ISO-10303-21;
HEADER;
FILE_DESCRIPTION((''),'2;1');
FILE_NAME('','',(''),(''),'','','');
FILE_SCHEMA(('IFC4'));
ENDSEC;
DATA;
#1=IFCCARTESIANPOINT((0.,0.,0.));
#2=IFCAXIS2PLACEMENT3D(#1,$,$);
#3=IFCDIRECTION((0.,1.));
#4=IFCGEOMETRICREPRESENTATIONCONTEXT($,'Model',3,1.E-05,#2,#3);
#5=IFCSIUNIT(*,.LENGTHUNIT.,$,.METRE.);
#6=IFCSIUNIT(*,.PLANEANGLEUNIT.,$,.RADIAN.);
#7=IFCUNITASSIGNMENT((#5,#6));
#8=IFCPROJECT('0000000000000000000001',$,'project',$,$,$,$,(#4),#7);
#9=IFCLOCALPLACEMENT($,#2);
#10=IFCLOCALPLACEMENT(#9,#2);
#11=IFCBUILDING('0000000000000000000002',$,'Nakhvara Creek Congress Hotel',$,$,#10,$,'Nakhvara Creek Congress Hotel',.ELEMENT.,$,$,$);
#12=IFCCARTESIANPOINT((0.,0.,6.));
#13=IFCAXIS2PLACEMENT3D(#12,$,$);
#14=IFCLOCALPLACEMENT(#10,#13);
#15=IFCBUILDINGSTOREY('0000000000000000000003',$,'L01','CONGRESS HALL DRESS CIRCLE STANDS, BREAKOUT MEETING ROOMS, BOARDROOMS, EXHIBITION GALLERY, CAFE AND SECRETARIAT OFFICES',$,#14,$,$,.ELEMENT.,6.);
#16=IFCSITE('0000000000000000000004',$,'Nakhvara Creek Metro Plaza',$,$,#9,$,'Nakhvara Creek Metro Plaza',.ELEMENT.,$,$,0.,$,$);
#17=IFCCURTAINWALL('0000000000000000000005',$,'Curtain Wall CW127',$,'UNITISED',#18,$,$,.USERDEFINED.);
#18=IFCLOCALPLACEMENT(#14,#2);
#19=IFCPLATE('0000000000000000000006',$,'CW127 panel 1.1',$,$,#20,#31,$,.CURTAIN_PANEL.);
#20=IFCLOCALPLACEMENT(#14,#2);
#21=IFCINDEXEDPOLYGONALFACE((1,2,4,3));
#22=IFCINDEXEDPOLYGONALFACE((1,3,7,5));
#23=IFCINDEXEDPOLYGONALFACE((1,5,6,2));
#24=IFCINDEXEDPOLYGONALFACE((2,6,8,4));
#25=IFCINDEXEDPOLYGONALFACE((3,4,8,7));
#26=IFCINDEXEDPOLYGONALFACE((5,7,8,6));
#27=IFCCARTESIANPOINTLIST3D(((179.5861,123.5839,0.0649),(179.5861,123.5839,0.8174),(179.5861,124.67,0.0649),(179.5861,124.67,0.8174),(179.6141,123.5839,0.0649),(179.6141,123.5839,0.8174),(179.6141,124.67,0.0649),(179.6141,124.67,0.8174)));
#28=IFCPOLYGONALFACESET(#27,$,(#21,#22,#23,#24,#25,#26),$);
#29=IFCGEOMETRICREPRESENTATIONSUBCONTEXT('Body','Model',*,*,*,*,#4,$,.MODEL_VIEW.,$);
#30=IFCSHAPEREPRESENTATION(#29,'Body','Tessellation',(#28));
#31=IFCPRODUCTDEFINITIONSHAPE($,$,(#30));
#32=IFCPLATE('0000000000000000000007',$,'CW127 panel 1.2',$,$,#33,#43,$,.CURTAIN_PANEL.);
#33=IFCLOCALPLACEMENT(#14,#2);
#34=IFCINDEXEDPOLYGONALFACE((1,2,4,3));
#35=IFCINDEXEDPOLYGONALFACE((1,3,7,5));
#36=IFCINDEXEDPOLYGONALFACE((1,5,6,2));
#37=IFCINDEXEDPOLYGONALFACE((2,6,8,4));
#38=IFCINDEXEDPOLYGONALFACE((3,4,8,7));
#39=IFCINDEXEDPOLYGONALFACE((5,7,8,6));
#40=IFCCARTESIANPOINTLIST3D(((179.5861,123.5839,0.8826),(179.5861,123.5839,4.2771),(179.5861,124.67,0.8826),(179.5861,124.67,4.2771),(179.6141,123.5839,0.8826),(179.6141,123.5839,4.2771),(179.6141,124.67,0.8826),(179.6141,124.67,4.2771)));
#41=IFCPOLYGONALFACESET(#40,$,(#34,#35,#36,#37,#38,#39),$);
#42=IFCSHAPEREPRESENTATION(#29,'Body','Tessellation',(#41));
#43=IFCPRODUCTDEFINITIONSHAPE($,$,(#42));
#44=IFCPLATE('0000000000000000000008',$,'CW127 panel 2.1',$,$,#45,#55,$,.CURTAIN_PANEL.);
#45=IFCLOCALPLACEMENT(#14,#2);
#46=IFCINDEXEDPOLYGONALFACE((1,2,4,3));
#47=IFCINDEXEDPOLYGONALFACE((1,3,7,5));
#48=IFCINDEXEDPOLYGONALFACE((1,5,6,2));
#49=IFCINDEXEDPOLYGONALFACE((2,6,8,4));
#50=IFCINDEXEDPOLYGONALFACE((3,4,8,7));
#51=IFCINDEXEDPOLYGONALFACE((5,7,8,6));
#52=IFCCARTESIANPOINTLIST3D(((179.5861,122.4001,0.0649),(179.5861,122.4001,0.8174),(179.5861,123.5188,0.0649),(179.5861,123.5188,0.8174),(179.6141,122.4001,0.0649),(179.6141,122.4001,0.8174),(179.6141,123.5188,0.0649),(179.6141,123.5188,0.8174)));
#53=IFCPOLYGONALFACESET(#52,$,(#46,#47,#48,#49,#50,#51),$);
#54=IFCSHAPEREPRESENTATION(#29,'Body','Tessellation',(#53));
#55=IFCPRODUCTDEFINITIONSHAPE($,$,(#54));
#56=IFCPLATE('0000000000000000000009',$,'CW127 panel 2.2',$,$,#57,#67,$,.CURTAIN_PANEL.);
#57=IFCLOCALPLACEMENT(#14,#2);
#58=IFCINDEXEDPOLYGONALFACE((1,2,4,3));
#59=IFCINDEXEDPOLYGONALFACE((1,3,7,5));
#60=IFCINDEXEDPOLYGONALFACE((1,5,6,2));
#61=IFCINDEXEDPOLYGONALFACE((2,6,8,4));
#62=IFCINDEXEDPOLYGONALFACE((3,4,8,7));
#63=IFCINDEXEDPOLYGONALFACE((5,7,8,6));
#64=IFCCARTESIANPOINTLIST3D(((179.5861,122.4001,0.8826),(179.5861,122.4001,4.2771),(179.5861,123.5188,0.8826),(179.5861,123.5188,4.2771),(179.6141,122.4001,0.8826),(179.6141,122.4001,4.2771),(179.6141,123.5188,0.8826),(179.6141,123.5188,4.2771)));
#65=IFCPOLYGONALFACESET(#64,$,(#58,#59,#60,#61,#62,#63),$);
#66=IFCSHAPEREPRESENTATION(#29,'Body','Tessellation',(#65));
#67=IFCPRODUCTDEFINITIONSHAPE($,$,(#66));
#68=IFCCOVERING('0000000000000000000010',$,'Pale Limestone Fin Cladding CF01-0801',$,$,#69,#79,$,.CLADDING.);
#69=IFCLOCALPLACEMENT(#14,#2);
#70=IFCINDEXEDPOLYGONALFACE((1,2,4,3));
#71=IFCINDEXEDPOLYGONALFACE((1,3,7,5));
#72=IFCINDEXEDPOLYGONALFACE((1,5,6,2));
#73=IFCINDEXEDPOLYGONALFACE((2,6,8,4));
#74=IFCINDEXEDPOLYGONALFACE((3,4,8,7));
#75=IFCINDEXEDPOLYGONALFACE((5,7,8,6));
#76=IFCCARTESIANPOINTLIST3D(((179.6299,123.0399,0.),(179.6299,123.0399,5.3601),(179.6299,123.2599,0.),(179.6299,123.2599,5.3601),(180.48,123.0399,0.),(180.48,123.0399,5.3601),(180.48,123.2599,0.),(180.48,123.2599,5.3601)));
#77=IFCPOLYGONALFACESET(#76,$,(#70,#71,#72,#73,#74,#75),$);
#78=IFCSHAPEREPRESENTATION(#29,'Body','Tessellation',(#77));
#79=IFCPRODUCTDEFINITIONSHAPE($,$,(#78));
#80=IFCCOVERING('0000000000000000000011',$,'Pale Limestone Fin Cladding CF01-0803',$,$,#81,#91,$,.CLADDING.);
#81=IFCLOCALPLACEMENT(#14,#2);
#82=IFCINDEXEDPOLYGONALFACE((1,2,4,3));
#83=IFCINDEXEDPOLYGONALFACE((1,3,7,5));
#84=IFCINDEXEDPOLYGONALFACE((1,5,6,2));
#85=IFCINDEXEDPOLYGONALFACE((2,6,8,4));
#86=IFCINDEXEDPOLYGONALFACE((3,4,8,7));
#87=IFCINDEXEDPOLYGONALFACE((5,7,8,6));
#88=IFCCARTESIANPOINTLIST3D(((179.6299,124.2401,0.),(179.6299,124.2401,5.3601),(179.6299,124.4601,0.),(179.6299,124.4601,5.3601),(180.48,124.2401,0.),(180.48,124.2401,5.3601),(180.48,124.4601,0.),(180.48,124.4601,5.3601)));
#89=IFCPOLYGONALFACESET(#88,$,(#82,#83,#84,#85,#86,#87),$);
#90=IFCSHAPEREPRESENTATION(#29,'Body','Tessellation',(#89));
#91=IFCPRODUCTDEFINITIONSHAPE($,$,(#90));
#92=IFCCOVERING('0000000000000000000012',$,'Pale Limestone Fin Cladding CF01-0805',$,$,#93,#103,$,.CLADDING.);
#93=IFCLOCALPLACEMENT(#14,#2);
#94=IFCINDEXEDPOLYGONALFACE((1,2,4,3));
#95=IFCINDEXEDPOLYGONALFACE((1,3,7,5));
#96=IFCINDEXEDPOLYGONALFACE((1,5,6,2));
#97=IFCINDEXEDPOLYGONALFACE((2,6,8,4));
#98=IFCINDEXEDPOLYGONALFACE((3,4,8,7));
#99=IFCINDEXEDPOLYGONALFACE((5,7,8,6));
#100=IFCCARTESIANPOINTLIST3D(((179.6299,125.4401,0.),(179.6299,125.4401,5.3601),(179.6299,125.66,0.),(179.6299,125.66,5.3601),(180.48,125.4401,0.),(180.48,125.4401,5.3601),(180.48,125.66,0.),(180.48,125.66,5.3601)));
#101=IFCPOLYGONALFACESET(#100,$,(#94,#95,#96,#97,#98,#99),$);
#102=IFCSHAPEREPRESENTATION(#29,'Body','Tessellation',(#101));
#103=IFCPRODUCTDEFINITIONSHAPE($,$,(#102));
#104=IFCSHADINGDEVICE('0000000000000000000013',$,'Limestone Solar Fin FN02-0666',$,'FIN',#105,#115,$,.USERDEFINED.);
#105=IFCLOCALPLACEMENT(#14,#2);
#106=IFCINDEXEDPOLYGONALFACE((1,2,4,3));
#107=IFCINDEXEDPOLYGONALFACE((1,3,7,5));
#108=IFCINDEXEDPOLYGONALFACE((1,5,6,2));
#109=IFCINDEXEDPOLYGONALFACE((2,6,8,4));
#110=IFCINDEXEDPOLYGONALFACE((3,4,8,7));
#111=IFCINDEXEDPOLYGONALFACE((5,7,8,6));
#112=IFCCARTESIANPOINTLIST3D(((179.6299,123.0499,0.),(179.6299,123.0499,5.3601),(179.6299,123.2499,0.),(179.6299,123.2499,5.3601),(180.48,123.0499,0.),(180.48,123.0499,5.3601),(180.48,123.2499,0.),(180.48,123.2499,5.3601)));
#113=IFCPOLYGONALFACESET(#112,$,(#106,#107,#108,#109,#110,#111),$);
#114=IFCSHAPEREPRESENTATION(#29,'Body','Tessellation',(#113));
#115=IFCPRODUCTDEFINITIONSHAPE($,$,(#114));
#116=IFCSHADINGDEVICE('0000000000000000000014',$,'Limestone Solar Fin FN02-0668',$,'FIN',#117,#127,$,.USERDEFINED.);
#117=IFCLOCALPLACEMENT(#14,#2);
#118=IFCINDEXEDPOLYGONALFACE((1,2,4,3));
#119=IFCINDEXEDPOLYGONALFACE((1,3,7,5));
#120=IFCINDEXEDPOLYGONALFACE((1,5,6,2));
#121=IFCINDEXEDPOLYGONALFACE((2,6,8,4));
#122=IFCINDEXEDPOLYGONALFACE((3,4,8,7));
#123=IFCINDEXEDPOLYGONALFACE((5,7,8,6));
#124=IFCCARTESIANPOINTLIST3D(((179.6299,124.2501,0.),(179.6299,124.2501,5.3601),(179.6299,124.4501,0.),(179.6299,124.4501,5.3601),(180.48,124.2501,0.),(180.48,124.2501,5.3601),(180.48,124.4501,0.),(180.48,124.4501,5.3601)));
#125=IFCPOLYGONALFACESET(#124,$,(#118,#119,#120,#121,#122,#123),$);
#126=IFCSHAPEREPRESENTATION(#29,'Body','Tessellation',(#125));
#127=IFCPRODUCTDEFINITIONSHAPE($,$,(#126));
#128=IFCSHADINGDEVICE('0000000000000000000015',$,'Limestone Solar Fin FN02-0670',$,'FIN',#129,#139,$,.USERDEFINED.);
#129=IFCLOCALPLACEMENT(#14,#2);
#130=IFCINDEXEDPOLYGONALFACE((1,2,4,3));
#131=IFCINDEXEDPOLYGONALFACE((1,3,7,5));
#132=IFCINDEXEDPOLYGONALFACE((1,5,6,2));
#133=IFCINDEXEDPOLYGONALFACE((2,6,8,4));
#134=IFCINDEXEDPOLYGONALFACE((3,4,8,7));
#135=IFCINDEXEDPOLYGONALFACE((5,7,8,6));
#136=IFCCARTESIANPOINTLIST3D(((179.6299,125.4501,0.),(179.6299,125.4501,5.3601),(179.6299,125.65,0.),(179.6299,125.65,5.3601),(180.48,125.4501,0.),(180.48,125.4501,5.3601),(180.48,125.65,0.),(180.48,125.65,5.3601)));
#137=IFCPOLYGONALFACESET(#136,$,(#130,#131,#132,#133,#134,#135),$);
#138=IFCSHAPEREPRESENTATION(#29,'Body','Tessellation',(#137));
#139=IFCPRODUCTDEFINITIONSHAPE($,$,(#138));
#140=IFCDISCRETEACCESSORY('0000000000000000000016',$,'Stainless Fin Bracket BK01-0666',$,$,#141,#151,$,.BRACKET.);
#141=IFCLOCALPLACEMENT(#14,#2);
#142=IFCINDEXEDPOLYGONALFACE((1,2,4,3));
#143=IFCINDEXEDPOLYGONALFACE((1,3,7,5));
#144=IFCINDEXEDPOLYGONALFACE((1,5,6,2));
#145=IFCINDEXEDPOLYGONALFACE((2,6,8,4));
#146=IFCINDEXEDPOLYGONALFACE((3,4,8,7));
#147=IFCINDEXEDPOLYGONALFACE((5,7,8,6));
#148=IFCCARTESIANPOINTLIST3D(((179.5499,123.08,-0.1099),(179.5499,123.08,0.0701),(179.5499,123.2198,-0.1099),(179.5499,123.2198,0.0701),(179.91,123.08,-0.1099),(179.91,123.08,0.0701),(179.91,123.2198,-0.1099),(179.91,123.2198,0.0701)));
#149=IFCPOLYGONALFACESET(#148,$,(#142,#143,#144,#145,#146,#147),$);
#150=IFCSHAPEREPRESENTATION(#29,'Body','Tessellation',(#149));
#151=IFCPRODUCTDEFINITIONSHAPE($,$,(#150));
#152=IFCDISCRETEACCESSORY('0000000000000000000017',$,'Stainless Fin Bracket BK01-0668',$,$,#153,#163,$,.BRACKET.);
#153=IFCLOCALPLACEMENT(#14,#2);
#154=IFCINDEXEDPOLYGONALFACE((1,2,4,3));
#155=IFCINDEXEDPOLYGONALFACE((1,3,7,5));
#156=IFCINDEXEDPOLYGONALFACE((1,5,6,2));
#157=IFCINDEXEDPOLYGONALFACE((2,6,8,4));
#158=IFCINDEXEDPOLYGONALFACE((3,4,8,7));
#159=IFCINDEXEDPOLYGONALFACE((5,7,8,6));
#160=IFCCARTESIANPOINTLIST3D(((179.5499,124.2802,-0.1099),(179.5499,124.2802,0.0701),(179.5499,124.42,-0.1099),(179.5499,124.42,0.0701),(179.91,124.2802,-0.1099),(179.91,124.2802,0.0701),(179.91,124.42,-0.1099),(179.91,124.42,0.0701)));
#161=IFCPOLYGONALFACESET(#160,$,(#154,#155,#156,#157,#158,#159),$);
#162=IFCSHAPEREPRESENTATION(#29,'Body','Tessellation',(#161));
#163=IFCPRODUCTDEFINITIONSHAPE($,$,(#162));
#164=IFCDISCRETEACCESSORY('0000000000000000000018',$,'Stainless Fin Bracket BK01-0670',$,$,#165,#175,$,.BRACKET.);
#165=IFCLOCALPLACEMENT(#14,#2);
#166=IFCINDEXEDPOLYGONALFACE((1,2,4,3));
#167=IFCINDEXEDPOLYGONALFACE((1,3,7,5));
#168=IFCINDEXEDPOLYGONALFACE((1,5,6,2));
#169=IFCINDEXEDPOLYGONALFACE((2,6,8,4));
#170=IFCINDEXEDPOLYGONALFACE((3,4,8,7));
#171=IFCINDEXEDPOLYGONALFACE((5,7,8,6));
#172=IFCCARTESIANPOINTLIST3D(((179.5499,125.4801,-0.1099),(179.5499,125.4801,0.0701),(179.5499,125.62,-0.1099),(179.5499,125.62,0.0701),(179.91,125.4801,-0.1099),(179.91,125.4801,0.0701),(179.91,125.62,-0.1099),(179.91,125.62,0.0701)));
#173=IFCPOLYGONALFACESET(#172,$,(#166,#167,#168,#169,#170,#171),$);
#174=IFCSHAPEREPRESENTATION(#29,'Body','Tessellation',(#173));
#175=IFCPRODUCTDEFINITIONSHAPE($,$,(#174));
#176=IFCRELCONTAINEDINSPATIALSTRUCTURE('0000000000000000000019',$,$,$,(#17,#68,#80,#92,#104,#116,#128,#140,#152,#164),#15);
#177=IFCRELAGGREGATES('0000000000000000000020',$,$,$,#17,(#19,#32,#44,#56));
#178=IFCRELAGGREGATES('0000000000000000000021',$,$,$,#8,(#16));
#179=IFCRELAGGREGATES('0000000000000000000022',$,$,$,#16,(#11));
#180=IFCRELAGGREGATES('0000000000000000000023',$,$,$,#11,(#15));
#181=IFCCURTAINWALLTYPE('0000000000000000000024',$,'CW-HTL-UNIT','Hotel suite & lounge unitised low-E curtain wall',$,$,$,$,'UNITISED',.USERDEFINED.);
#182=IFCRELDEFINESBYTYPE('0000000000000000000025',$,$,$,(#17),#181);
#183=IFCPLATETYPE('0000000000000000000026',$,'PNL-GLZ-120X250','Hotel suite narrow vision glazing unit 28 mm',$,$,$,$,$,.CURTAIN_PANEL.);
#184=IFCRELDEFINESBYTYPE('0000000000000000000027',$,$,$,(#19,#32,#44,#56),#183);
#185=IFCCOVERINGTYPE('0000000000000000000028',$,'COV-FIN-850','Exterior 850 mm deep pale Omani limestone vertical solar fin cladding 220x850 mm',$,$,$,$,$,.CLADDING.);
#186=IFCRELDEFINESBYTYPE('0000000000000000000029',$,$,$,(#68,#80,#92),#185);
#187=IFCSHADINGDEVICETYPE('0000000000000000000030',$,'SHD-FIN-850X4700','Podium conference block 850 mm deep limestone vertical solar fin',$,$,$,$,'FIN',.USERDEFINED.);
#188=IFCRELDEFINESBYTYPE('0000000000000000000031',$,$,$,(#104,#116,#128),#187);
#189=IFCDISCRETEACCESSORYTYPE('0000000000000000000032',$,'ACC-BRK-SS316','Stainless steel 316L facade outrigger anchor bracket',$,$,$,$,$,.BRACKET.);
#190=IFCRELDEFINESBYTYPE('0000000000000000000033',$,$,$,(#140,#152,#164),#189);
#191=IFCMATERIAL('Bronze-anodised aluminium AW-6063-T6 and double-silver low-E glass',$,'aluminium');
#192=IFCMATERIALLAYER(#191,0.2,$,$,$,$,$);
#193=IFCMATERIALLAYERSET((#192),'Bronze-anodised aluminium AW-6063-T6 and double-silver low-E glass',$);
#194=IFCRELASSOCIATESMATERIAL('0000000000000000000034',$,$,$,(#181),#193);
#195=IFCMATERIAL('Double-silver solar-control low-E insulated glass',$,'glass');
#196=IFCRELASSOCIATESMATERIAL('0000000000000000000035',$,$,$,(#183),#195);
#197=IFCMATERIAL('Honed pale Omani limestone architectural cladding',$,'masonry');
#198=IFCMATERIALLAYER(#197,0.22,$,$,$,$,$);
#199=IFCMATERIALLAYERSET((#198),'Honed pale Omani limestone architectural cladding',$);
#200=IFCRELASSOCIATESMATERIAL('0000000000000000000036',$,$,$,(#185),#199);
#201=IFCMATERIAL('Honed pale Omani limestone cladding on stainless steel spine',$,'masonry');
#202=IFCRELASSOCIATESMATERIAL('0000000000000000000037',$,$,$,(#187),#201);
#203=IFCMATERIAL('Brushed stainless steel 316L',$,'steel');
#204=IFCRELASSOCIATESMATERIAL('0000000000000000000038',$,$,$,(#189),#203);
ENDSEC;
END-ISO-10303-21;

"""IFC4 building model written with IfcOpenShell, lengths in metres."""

from ifc_helpers import new_model, si_unit, direction, frame, origin, origin_2d, place, context, subcontext, project, spatial, rectangle, extrude, material, layer, layer_set, type_object, element, aggregate, save


model = new_model("IFC4")

# Units and contexts
model_context = context("Model", 3, precision=1e-05, world=origin(), true_north=direction((0.0, 1.0)))
body_context = subcontext(model_context, "Body", "Model", "MODEL_VIEW")
ifc_project = project(units=[si_unit("LENGTHUNIT", "METRE"), si_unit("PLANEANGLEUNIT", "RADIAN")], contexts=[model_context])

# Site, building, storey
site_placement = place(None, origin())
site = spatial("IfcSite", under=ifc_project, at=site_placement, Name="Nakhvara Creek Metro Plaza", LongName="Nakhvara Creek Metro Plaza", CompositionType="ELEMENT", RefElevation=0.0)
building_placement = place(site_placement, origin())
building = spatial("IfcBuilding", under=site, at=building_placement, Name="Nakhvara Creek Congress Hotel", LongName="Nakhvara Creek Congress Hotel", CompositionType="ELEMENT")
storey_placement = place(building_placement, frame((0.0, 0.0, 6.0)))
storey = spatial("IfcBuildingStorey", under=building, at=storey_placement, Name="L01", Description="CONGRESS HALL DRESS CIRCLE STANDS, BREAKOUT MEETING ROOMS, BOARDROOMS, EXHIBITION GALLERY, CAFE AND SECRETARIAT OFFICES", CompositionType="ELEMENT", Elevation=6.0)

# Curtain wall, plates
ifc_material_1 = material(Name="Bronze-anodised aluminium AW-6063-T6 and double-silver low-E glass", Category="aluminium")
ifc_layer_1 = layer(ifc_material_1, 0.2)
ifc_layer_set_1 = layer_set([ifc_layer_1], Name="Bronze-anodised aluminium AW-6063-T6 and double-silver low-E glass")
curtain_wall_type = type_object("IfcCurtainWallType", Name="CW-HTL-UNIT", Description="Hotel suite & lounge unitised low-E curtain wall", ElementType="UNITISED", PredefinedType="USERDEFINED", material=ifc_layer_set_1)
curtain_wall_placement = place(storey_placement, origin())
curtain_wall = element("IfcCurtainWall", 1, at=curtain_wall_placement, inside=storey, type_object=curtain_wall_type, Name="Curtain Wall CW127", ObjectType="UNITISED", PredefinedType="USERDEFINED")
ifc_material_2 = material(Name="Double-silver solar-control low-E insulated glass", Category="glass")
plate_type = type_object("IfcPlateType", Name="PNL-GLZ-120X250", Description="Hotel suite narrow vision glazing unit 28 mm", PredefinedType="CURTAIN_PANEL", material=ifc_material_2)
plate_1_placement = place(storey_placement, frame((179.6001, 124.127, 0.0649), z_axis=(0.0, 0.0, 1.0), x_axis=(0.0, -1.0, 0.0)))
plate_1 = element("IfcPlate", 2, at=plate_1_placement, type_object=plate_type, Name="CW127 panel 1.1", PredefinedType="CURTAIN_PANEL", context=body_context, shape_type="SweptSolid", body=[
    extrude(rectangle(XDim=1.0862, YDim=0.0281, at=origin_2d()), origin(), (0.0, 0.0, 1.0), 0.7524),
])
plate_2_placement = place(storey_placement, frame((179.6001, 124.127, 0.8826), z_axis=(0.0, 0.0, 1.0), x_axis=(0.0, -1.0, 0.0)))
plate_2 = element("IfcPlate", 3, at=plate_2_placement, type_object=plate_type, Name="CW127 panel 1.2", PredefinedType="CURTAIN_PANEL", context=body_context, shape_type="SweptSolid", body=[
    extrude(rectangle(XDim=1.0862, YDim=0.0281, at=origin_2d()), origin(), (0.0, 0.0, 1.0), 3.3945),
])
plate_3_placement = place(storey_placement, frame((179.6001, 122.9595, 0.0649), z_axis=(0.0, 0.0, 1.0), x_axis=(0.0, -1.0, 0.0)))
plate_3 = element("IfcPlate", 4, at=plate_3_placement, type_object=plate_type, Name="CW127 panel 2.1", PredefinedType="CURTAIN_PANEL", context=body_context, shape_type="SweptSolid", body=[
    extrude(rectangle(XDim=1.1187, YDim=0.0281, at=origin_2d()), origin(), (0.0, 0.0, 1.0), 0.7524),
])
plate_4_placement = place(storey_placement, frame((179.6001, 122.9595, 0.8826), z_axis=(0.0, 0.0, 1.0), x_axis=(0.0, -1.0, 0.0)))
plate_4 = element("IfcPlate", 5, at=plate_4_placement, type_object=plate_type, Name="CW127 panel 2.2", PredefinedType="CURTAIN_PANEL", context=body_context, shape_type="SweptSolid", body=[
    extrude(rectangle(XDim=1.1187, YDim=0.0281, at=origin_2d()), origin(), (0.0, 0.0, 1.0), 3.3945),
])
aggregate(curtain_wall, [plate_1, plate_2, plate_3, plate_4])

# Coverings
ifc_material_3 = material(Name="Honed pale Omani limestone architectural cladding", Category="masonry")
ifc_layer_2 = layer(ifc_material_3, 0.22)
ifc_layer_set_2 = layer_set([ifc_layer_2], Name="Honed pale Omani limestone architectural cladding")
covering_type = type_object("IfcCoveringType", Name="COV-FIN-850", Description="Exterior 850 mm deep pale Omani limestone vertical solar fin cladding 220x850 mm", PredefinedType="CLADDING", material=ifc_layer_set_2)
for number, where, z_axis, x_axis, name in (
    (6, (180.0549, 123.1499, 0.0), (0.0, 0.0, 1.0), (0.0, 1.0, 0.0), "Pale Limestone Fin Cladding CF01-0801"),
    (7, (180.0549, 124.3501, 0.0), (0.0, 0.0, 1.0), (0.0, 1.0, 0.0), "Pale Limestone Fin Cladding CF01-0803"),
    (8, (180.0549, 125.55, 0.0), (0.0, 0.0, 1.0), (0.0, 1.0, 0.0), "Pale Limestone Fin Cladding CF01-0805"),
):
    element("IfcCovering", number, at=place(storey_placement, frame(where, z_axis=z_axis, x_axis=x_axis)), inside=storey, type_object=covering_type, Name=name, PredefinedType="CLADDING", context=body_context, shape_type="SweptSolid", body=[
        extrude(rectangle(XDim=0.22, YDim=0.8501, at=origin_2d()), origin(), (0.0, 0.0, 1.0), 5.3601),
    ])

# Shading devices
ifc_material_4 = material(Name="Honed pale Omani limestone cladding on stainless steel spine", Category="masonry")
shading_device_type = type_object("IfcShadingDeviceType", Name="SHD-FIN-850X4700", Description="Podium conference block 850 mm deep limestone vertical solar fin", ElementType="FIN", PredefinedType="USERDEFINED", material=ifc_material_4)
for number, where, z_axis, x_axis, name in (
    (9, (180.0549, 123.1499, 0.0), (0.0, 0.0, 1.0), (0.0, 1.0, 0.0), "Limestone Solar Fin FN02-0666"),
    (10, (180.0549, 124.3501, 0.0), (0.0, 0.0, 1.0), (0.0, 1.0, 0.0), "Limestone Solar Fin FN02-0668"),
    (11, (180.0549, 125.55, 0.0), (0.0, 0.0, 1.0), (0.0, 1.0, 0.0), "Limestone Solar Fin FN02-0670"),
):
    element("IfcShadingDevice", number, at=place(storey_placement, frame(where, z_axis=z_axis, x_axis=x_axis)), inside=storey, type_object=shading_device_type, Name=name, ObjectType="FIN", PredefinedType="USERDEFINED", context=body_context, shape_type="SweptSolid", body=[
        extrude(rectangle(XDim=0.2, YDim=0.8501, at=origin_2d()), origin(), (0.0, 0.0, 1.0), 5.3601),
    ])

# Discrete accessories
ifc_material_5 = material(Name="Brushed stainless steel 316L", Category="steel")
discrete_accessory_type = type_object("IfcDiscreteAccessoryType", Name="ACC-BRK-SS316", Description="Stainless steel 316L facade outrigger anchor bracket", PredefinedType="BRACKET", material=ifc_material_5)
for number, where, z_axis, x_axis, name in (
    (12, (179.73, 123.1499, -0.1099), (0.0, 0.0, 1.0), (0.0, 1.0, 0.0), "Stainless Fin Bracket BK01-0666"),
    (13, (179.73, 124.3501, -0.1099), (0.0, 0.0, 1.0), (0.0, 1.0, 0.0), "Stainless Fin Bracket BK01-0668"),
    (14, (179.73, 125.55, -0.1099), (0.0, 0.0, 1.0), (0.0, 1.0, 0.0), "Stainless Fin Bracket BK01-0670"),
):
    element("IfcDiscreteAccessory", number, at=place(storey_placement, frame(where, z_axis=z_axis, x_axis=x_axis)), inside=storey, type_object=discrete_accessory_type, Name=name, PredefinedType="BRACKET", context=body_context, shape_type="SweptSolid", body=[
        extrude(rectangle(XDim=0.1399, YDim=0.3601, at=origin_2d()), origin(), (0.0, 0.0, 1.0), 0.1799),
    ])

save(model, "model.ifc")
